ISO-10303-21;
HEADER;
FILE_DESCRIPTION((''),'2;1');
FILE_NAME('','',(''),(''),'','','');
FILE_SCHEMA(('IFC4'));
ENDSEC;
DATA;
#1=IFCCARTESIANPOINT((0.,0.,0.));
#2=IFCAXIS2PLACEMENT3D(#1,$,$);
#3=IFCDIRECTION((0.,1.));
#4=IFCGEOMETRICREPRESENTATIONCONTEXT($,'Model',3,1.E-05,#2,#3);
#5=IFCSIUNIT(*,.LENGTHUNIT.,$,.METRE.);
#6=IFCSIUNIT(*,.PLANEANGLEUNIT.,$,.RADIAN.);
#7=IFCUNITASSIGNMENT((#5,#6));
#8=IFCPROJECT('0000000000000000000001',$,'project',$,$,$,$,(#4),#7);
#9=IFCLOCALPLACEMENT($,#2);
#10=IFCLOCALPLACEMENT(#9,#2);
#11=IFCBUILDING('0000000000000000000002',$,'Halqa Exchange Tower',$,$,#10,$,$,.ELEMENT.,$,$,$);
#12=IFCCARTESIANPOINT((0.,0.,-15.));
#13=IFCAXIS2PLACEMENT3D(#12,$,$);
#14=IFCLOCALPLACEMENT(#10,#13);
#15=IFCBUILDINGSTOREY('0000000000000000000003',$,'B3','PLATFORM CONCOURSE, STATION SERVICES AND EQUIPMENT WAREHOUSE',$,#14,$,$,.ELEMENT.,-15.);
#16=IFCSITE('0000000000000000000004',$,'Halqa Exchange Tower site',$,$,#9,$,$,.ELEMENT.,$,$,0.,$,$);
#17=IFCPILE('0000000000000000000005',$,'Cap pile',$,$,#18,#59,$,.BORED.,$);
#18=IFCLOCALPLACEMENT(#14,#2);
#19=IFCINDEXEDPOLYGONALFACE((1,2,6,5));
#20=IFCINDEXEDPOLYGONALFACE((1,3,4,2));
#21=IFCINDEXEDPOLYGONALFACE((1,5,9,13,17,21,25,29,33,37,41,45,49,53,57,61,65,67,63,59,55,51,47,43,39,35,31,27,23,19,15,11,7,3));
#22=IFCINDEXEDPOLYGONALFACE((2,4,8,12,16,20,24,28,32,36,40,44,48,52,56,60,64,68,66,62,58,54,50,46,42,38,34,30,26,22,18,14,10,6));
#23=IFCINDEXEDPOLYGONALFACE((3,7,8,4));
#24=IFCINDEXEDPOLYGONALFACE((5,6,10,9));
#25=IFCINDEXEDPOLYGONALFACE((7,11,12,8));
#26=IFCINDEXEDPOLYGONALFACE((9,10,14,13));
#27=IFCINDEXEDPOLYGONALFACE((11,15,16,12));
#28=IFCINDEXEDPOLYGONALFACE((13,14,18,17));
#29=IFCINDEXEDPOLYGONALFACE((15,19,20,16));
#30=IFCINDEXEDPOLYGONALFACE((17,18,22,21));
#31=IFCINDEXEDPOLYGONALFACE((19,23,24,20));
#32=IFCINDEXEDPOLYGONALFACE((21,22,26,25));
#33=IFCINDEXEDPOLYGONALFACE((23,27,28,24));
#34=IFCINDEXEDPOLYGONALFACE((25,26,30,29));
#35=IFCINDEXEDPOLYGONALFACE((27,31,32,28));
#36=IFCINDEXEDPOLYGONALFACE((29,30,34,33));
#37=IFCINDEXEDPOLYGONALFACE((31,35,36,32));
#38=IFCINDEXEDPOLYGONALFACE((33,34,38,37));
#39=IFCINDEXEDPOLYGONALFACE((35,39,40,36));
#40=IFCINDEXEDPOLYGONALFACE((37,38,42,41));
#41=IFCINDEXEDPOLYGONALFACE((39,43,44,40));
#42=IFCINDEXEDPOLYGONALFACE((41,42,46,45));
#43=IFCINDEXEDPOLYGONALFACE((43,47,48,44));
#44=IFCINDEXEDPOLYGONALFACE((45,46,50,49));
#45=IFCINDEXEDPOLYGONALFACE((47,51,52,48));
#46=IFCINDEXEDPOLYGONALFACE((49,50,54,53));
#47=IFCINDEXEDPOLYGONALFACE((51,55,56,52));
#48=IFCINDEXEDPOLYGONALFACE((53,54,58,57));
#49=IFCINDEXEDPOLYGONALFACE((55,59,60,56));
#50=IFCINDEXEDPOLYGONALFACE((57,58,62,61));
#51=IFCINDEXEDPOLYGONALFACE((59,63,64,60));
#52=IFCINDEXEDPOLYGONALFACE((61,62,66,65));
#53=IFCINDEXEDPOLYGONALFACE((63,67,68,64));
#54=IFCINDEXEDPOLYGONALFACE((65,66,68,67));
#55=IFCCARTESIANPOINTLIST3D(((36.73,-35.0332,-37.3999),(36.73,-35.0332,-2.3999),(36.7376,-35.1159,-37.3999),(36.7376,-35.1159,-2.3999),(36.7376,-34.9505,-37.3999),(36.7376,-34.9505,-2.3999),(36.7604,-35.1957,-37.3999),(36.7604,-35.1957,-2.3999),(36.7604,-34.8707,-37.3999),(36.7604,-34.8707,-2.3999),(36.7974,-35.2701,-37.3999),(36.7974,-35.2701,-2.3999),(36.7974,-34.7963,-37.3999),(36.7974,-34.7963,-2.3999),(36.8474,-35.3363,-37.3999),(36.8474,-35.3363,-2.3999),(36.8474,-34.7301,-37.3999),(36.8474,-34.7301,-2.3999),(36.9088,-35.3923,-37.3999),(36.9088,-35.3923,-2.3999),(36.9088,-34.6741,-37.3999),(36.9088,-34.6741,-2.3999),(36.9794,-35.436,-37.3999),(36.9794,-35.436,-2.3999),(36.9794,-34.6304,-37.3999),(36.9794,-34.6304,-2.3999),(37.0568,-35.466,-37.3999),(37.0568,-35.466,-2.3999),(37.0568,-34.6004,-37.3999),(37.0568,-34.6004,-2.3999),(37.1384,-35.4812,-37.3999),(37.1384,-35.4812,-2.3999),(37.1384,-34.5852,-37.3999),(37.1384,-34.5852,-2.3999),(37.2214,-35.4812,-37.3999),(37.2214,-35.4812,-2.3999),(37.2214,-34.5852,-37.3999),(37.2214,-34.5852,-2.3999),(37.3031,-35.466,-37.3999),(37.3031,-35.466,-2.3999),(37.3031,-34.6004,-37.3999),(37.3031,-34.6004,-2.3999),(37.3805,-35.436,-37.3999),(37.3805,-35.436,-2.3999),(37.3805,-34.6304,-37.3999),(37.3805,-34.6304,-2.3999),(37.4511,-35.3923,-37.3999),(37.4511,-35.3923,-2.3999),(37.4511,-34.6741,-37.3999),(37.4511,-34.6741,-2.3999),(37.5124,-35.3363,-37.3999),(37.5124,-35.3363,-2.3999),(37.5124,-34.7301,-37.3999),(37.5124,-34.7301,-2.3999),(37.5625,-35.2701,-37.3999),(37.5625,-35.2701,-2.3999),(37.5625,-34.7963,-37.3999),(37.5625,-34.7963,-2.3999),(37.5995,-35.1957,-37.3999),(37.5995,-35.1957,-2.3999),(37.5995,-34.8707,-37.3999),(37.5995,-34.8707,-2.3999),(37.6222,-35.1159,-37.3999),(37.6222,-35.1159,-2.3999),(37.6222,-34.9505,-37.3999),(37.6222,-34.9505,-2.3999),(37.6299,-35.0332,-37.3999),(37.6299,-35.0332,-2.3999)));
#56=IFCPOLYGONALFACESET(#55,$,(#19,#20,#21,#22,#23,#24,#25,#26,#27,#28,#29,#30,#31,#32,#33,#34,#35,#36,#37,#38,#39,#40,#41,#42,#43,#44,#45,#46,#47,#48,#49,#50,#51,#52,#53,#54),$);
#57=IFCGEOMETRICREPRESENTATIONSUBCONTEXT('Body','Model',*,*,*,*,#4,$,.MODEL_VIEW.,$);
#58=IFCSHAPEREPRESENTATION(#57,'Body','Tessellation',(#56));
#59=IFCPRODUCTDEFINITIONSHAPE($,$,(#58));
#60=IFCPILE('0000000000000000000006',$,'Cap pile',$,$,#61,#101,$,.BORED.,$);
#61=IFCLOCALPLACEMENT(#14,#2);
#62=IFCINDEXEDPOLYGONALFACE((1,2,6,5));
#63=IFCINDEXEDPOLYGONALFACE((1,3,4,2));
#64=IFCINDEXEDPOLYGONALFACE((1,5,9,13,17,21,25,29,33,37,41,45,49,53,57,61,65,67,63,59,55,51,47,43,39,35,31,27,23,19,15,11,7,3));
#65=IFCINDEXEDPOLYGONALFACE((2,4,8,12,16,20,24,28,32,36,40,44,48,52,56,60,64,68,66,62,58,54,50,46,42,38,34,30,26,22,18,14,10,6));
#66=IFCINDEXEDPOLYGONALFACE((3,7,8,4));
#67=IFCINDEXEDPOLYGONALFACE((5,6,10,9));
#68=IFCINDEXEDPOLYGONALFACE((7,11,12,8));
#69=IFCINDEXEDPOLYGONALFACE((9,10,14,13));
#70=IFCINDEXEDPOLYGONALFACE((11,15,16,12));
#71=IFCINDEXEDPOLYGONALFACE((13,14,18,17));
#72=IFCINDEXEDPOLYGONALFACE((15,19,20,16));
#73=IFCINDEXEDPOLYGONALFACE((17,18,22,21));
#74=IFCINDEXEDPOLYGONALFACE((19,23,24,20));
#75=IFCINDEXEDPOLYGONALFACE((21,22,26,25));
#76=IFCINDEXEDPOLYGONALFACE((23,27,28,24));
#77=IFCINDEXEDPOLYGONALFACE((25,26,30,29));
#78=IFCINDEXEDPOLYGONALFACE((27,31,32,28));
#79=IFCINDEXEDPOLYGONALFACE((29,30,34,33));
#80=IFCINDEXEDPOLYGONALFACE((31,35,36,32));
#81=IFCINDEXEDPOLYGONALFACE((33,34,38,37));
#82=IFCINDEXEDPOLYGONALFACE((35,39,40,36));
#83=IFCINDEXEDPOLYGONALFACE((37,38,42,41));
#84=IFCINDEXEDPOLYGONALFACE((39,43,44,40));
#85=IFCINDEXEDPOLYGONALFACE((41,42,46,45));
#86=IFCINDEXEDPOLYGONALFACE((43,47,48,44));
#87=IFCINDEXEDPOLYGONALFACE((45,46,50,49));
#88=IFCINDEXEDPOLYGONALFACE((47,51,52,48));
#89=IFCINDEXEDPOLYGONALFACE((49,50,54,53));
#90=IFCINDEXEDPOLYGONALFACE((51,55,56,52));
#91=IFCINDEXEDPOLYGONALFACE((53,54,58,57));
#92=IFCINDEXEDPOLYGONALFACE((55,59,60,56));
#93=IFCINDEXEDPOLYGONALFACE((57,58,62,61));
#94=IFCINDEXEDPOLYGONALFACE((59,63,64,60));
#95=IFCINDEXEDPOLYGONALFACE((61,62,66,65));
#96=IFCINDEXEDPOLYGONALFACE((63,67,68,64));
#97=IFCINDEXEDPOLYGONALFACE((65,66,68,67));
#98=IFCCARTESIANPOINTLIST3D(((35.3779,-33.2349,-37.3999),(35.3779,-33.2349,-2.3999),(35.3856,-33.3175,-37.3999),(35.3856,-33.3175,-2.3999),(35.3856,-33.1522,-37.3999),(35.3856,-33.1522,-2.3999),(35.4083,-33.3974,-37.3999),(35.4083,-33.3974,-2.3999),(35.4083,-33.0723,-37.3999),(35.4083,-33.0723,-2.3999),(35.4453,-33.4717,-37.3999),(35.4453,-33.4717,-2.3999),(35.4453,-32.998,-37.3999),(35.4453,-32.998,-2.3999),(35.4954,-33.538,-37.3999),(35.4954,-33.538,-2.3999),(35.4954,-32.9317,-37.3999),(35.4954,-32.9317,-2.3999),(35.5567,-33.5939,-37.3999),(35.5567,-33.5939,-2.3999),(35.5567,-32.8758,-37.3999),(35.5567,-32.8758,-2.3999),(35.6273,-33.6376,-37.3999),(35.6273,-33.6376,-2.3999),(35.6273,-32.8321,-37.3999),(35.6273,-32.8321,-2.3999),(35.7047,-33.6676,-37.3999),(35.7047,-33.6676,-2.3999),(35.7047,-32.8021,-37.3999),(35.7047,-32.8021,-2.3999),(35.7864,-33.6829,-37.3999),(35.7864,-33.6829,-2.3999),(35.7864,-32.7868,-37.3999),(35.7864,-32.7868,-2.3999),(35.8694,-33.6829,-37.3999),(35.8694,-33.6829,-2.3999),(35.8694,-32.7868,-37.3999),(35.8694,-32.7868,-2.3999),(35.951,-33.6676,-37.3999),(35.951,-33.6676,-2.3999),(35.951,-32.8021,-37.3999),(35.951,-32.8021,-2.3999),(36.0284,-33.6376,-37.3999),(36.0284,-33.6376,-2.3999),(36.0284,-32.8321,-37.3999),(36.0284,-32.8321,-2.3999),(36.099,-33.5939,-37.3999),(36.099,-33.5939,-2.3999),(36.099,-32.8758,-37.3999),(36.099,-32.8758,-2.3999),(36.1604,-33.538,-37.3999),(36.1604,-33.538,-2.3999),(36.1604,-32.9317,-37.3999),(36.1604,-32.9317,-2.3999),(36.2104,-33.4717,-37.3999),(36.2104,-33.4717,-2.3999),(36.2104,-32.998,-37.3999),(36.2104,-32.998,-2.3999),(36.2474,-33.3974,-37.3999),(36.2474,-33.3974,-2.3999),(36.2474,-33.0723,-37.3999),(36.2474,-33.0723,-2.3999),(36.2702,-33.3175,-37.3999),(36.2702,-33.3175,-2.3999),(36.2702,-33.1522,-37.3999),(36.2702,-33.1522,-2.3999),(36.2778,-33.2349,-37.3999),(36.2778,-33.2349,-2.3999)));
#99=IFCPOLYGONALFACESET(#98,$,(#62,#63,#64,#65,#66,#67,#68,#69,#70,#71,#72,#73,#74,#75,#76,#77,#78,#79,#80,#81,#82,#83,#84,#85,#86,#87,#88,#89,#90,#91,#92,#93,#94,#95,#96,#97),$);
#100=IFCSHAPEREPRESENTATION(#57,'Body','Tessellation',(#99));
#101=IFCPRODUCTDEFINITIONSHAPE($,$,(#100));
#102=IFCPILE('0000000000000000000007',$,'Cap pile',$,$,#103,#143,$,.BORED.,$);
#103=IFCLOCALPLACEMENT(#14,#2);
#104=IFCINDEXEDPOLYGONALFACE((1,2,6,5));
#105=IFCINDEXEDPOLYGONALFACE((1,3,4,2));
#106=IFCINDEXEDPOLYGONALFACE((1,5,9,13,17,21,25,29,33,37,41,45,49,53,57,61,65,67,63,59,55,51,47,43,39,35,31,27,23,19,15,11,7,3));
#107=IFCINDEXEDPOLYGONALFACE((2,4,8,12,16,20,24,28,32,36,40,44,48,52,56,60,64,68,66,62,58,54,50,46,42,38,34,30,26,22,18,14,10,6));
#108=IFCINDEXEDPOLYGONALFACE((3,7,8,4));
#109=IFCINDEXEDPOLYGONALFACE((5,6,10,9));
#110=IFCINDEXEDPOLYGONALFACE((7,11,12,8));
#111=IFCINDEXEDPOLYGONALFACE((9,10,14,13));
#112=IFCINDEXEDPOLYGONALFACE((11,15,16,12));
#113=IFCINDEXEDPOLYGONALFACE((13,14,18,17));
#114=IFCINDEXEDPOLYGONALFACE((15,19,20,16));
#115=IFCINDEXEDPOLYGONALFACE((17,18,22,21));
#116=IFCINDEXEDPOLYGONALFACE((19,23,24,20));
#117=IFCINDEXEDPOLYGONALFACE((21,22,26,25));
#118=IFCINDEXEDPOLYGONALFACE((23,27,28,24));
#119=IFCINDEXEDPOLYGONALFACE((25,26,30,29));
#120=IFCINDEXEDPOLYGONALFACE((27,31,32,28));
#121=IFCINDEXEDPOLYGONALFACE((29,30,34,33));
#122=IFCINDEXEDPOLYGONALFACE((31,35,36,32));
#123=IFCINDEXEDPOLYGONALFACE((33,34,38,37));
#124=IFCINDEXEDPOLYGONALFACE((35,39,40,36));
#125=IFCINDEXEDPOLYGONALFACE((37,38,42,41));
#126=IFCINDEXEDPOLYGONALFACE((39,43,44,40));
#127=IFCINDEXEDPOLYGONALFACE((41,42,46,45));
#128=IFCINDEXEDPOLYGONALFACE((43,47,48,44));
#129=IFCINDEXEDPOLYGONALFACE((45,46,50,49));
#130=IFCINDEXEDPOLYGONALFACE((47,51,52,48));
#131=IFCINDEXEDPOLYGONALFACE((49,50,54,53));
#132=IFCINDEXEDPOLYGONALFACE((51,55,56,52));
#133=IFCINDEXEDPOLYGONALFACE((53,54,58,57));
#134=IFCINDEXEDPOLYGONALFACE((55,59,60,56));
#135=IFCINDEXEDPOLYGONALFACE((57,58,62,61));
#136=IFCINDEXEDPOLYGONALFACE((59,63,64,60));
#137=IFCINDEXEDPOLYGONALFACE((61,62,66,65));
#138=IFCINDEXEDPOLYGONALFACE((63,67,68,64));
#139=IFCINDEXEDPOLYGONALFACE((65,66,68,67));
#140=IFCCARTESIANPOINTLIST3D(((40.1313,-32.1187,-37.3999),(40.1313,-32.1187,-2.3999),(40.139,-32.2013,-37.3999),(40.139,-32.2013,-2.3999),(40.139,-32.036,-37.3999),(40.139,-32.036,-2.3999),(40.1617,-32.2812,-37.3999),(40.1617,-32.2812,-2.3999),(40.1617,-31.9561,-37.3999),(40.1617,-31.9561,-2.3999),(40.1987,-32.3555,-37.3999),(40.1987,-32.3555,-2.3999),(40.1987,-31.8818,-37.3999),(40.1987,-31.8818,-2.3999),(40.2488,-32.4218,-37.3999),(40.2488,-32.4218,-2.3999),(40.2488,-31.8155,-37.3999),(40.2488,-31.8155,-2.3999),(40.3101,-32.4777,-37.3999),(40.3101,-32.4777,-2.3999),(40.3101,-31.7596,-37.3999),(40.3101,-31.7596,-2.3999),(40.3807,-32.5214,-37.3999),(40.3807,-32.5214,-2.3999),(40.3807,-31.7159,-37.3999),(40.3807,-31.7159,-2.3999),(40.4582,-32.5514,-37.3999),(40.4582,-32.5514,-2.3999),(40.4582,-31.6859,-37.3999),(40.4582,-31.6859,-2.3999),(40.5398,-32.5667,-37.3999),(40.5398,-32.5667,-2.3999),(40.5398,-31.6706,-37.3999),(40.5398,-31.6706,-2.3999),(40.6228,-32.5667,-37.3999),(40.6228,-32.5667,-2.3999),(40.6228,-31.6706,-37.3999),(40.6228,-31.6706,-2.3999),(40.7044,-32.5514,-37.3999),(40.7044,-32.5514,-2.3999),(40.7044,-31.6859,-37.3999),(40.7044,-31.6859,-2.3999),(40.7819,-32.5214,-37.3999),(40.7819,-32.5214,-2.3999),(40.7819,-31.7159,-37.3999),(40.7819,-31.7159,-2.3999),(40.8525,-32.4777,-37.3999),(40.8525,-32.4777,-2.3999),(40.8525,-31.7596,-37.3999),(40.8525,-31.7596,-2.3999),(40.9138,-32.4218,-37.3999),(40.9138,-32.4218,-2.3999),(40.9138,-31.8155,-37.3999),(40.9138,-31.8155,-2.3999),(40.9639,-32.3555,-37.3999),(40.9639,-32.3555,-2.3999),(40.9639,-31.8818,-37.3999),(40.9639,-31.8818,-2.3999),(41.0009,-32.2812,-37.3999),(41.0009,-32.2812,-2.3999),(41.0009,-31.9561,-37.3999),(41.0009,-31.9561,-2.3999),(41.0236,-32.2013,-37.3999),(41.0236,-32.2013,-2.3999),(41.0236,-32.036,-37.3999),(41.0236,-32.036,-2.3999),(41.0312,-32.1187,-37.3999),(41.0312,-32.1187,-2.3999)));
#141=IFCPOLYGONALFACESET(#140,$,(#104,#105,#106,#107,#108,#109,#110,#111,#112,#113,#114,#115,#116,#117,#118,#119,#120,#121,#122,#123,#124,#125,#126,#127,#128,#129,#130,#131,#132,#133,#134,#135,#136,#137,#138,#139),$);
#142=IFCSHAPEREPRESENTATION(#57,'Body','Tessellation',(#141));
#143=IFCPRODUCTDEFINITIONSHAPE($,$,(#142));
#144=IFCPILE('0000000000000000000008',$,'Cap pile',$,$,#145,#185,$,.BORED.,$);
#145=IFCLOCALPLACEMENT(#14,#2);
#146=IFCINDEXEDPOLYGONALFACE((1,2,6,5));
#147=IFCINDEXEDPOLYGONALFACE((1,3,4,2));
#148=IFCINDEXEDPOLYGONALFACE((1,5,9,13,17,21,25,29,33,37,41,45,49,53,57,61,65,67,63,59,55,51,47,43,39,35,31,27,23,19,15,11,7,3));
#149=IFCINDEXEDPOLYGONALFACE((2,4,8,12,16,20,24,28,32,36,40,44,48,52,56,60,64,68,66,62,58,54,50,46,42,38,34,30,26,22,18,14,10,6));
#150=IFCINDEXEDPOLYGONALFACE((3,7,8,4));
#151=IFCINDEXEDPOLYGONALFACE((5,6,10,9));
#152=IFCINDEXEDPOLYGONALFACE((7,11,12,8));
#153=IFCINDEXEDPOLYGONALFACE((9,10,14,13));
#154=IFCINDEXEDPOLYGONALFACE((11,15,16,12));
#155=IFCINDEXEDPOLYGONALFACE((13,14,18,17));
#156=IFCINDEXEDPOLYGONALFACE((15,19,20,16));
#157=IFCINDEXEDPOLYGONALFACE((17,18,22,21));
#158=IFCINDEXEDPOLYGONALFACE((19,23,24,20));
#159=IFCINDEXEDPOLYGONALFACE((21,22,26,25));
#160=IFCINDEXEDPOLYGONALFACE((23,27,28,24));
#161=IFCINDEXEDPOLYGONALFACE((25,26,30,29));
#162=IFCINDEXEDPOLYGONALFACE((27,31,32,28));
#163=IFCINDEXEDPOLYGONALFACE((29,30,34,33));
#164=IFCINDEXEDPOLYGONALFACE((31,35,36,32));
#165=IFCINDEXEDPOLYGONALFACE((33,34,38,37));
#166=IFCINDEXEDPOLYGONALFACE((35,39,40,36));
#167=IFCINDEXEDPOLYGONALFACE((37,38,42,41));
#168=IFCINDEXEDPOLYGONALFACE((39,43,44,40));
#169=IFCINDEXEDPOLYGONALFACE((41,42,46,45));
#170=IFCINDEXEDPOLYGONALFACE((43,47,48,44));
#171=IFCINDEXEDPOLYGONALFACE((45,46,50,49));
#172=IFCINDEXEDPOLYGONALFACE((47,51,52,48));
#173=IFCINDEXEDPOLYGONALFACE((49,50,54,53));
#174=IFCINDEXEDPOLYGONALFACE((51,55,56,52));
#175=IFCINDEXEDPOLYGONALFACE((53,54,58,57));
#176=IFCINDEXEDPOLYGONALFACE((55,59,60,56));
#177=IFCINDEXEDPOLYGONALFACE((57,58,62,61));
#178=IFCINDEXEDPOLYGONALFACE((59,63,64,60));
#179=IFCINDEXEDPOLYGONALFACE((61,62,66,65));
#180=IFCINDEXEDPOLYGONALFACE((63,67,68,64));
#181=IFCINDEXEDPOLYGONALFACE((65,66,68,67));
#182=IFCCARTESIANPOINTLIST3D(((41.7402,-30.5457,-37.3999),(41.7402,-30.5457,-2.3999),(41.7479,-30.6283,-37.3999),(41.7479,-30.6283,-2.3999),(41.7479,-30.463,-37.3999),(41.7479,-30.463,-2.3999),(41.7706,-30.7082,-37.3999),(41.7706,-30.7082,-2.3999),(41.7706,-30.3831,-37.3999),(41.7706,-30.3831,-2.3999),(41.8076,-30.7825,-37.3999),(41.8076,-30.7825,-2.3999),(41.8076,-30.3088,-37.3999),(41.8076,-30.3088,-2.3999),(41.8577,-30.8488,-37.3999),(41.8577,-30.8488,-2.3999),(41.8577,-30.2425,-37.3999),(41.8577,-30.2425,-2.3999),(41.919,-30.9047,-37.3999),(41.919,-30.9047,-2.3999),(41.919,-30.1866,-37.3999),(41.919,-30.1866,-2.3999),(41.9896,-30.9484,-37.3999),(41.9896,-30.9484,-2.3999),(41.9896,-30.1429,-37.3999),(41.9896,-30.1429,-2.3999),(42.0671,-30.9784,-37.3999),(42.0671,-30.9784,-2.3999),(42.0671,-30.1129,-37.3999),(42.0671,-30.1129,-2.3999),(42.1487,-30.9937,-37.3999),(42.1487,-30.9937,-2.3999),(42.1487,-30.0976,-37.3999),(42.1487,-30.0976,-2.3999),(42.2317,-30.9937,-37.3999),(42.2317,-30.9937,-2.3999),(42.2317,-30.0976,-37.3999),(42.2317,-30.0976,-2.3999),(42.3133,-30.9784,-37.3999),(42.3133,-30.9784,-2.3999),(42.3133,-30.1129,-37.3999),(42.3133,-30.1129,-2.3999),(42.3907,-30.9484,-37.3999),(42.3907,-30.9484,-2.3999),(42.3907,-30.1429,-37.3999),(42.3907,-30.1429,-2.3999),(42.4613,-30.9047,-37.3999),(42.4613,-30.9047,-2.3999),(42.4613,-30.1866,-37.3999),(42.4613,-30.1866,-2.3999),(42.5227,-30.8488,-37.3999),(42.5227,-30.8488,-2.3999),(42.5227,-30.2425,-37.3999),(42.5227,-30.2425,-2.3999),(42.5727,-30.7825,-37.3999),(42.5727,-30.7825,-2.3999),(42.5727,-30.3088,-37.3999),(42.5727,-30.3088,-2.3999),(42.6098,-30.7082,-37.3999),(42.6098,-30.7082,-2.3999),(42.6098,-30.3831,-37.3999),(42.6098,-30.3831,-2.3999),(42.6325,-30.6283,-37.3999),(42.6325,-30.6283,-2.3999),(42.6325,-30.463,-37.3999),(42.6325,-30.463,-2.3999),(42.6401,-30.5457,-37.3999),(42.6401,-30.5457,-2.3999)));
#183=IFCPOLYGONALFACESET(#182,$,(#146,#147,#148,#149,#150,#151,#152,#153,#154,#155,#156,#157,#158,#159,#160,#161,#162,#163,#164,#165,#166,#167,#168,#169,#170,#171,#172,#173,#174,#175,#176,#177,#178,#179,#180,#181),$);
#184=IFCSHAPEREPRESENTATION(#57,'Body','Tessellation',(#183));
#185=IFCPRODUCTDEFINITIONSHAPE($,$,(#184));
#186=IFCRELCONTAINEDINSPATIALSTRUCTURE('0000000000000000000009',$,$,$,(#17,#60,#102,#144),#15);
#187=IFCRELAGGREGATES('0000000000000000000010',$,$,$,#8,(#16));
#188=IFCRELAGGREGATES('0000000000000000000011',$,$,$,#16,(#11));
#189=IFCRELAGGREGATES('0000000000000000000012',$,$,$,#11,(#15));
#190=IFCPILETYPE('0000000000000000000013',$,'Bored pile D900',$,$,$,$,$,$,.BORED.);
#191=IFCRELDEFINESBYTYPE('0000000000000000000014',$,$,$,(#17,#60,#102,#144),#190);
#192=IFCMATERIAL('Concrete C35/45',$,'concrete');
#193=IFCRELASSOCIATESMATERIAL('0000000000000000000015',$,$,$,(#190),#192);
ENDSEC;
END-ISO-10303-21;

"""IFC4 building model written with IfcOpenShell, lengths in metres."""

from ifc_helpers import new_model, si_unit, direction, frame, origin, origin_2d, place, context, subcontext, project, spatial, circle, extrude, material, material_profile, profile_set, type_object, element, save


model = new_model("IFC4")

# Units and contexts
model_context = context("Model", 3, precision=1e-05, world=origin(), true_north=direction((0.0, 1.0)))
body_context = subcontext(model_context, "Body", "Model", "MODEL_VIEW")
ifc_project = project(units=[si_unit("LENGTHUNIT", "METRE"), si_unit("PLANEANGLEUNIT", "RADIAN")], contexts=[model_context])

# Site, building, storey
site_placement = place(None, origin())
site = spatial("IfcSite", under=ifc_project, at=site_placement, Name="Halqa Exchange Tower site", CompositionType="ELEMENT", RefElevation=0.0)
building_placement = place(site_placement, origin())
building = spatial("IfcBuilding", under=site, at=building_placement, Name="Halqa Exchange Tower", CompositionType="ELEMENT")
storey_placement = place(building_placement, frame((0.0, 0.0, -15.0)))
storey = spatial("IfcBuildingStorey", under=building, at=storey_placement, Name="B3", Description="PLATFORM CONCOURSE, STATION SERVICES AND EQUIPMENT WAREHOUSE", CompositionType="ELEMENT", Elevation=-15.0)

# Piles
ifc_material_1 = material(Name="Concrete C35/45", Category="concrete")
ifc_material_profile_1 = material_profile(ifc_material_1, circle(Radius=0.45, at=origin_2d()), Name="D900")
ifc_profile_set_1 = profile_set([ifc_material_profile_1], Name="Concrete C35/45")
pile_type = type_object("IfcPileType", Name="Bored pile D900", PredefinedType="BORED", material=ifc_profile_set_1)
for number, where, z_axis, x_axis, name in (
    (1, (37.1799, -35.0332, -2.3999), (0.0, 0.0, -1.0), (1.0, 0.0, 0.0), "Cap pile"),
    (2, (35.8279, -33.2349, -2.3999), (0.0, 0.0, -1.0), (1.0, 0.0, 0.0), "Cap pile"),
    (3, (40.5813, -32.1187, -2.3999), (0.0, 0.0, -1.0), (1.0, 0.0, 0.0), "Cap pile"),
    (4, (42.1902, -30.5457, -2.3999), (0.0, 0.0, -1.0), (1.0, 0.0, 0.0), "Cap pile"),
):
    element("IfcPile", number, at=place(storey_placement, frame(where, z_axis=z_axis, x_axis=x_axis)), inside=storey, type_object=pile_type, Name=name, PredefinedType="BORED", context=body_context, shape_type="SweptSolid", body=[
        extrude(circle(Radius=0.45, at=origin_2d()), origin(), (0.0, 0.0, 1.0), 35.0),
    ])

save(model, "model.ifc")
